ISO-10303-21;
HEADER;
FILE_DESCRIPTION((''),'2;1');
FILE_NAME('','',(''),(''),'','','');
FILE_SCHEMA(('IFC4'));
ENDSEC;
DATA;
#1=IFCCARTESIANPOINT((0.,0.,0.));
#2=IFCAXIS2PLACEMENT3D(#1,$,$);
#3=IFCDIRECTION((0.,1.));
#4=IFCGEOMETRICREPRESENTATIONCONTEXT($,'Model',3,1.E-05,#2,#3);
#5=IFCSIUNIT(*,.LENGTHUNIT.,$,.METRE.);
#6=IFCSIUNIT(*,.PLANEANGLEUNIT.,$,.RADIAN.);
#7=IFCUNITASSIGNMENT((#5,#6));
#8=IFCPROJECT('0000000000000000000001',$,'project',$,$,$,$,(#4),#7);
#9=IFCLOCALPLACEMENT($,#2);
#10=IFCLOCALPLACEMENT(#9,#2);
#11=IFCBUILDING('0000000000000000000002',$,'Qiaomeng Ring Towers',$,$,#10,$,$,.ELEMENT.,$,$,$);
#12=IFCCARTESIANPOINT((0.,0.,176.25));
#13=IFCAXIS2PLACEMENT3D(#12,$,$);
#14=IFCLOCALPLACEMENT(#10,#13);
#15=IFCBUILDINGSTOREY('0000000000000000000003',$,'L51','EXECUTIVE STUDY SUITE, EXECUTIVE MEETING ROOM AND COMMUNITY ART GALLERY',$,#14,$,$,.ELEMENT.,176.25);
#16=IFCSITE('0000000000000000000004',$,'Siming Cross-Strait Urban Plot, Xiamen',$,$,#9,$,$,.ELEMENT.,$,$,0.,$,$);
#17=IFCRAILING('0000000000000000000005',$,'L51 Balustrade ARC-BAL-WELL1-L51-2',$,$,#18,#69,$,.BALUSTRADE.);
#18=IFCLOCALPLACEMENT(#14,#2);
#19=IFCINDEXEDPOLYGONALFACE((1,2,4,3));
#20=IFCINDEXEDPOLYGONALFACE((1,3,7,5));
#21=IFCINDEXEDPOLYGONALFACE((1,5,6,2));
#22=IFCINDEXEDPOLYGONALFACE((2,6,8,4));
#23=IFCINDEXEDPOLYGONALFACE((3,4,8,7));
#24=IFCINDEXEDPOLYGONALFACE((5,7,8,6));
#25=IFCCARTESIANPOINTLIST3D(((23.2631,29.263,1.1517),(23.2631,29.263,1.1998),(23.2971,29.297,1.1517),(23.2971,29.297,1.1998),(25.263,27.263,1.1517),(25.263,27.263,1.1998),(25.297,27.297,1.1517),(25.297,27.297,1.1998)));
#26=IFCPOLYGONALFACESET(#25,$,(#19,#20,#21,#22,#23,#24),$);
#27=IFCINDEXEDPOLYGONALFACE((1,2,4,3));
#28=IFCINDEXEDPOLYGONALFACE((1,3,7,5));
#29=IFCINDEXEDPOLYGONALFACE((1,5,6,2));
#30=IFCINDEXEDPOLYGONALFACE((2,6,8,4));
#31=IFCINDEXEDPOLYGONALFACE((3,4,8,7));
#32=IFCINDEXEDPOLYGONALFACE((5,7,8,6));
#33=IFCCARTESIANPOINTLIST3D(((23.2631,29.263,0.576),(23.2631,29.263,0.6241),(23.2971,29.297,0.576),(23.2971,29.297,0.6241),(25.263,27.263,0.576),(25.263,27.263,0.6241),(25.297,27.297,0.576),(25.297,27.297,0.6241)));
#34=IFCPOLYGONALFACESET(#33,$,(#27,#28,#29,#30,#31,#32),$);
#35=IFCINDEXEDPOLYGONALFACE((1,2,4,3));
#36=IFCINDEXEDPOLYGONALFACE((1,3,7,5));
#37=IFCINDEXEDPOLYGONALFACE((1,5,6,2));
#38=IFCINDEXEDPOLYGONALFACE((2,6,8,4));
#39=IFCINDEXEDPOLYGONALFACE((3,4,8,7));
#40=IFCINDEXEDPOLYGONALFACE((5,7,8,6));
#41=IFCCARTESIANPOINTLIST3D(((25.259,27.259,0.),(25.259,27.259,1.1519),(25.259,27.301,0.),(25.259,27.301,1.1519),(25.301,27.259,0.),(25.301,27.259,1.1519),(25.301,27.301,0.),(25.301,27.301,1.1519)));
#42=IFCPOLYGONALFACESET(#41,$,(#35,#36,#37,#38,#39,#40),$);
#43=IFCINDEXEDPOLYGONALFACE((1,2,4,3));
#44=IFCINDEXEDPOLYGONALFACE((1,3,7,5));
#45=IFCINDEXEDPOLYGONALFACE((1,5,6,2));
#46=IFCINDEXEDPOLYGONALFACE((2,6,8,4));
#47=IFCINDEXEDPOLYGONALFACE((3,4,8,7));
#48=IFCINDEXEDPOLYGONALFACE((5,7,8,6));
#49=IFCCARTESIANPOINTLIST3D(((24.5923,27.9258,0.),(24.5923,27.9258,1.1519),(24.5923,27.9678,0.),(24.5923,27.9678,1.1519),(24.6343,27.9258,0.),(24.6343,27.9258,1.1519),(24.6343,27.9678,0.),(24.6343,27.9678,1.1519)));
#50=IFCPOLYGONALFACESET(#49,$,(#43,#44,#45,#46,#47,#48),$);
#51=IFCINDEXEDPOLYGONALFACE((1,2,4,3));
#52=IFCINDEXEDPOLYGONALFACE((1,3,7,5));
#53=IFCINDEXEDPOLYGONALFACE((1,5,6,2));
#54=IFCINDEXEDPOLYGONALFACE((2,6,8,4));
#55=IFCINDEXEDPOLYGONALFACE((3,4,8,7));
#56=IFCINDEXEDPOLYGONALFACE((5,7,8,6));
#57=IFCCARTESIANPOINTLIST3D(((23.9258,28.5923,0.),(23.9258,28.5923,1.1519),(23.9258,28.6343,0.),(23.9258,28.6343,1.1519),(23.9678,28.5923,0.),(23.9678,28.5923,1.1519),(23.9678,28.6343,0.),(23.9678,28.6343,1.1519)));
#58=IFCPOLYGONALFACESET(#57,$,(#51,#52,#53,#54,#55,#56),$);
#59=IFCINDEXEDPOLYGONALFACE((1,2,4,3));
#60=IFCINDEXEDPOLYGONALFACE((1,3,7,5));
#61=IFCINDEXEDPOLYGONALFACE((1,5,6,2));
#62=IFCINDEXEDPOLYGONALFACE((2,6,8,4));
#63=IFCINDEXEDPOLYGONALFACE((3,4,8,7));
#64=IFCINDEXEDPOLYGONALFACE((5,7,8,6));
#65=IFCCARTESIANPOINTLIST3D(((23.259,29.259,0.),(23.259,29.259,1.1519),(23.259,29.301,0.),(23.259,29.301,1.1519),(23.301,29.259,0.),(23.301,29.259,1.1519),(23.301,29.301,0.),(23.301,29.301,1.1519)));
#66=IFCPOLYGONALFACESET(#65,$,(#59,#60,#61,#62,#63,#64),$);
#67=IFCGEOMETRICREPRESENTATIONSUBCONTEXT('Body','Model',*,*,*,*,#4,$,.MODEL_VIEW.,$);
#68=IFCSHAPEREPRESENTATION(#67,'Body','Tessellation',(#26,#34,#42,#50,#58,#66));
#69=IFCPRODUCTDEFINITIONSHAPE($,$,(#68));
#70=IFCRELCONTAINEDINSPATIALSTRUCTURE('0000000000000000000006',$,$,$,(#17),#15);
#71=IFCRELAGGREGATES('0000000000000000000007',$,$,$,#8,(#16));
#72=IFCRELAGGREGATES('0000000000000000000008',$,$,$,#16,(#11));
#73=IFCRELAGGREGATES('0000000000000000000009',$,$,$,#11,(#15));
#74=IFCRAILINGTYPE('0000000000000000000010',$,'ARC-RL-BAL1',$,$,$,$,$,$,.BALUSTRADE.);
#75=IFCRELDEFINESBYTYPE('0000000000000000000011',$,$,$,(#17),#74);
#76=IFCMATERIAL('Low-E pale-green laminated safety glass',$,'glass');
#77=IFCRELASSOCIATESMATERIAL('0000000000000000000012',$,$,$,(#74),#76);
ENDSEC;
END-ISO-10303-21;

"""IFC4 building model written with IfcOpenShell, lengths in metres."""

from ifc_helpers import new_model, si_unit, direction, frame, origin, origin_2d, place, context, subcontext, project, spatial, rectangle, extrude, material, type_object, element, save


model = new_model("IFC4")

# Units and contexts
model_context = context("Model", 3, precision=1e-05, world=origin(), true_north=direction((0.0, 1.0)))
body_context = subcontext(model_context, "Body", "Model", "MODEL_VIEW")
ifc_project = project(units=[si_unit("LENGTHUNIT", "METRE"), si_unit("PLANEANGLEUNIT", "RADIAN")], contexts=[model_context])

# Site, building, storey
site_placement = place(None, origin())
site = spatial("IfcSite", under=ifc_project, at=site_placement, Name="Siming Cross-Strait Urban Plot, Xiamen", CompositionType="ELEMENT", RefElevation=0.0)
building_placement = place(site_placement, origin())
building = spatial("IfcBuilding", under=site, at=building_placement, Name="Qiaomeng Ring Towers", CompositionType="ELEMENT")
storey_placement = place(building_placement, frame((0.0, 0.0, 176.25)))
storey = spatial("IfcBuildingStorey", under=building, at=storey_placement, Name="L51", Description="EXECUTIVE STUDY SUITE, EXECUTIVE MEETING ROOM AND COMMUNITY ART GALLERY", CompositionType="ELEMENT", Elevation=176.25)

# Railing
ifc_material_1 = material(Name="Low-E pale-green laminated safety glass", Category="glass")
railing_type = type_object("IfcRailingType", Name="ARC-RL-BAL1", PredefinedType="BALUSTRADE", material=ifc_material_1)
railing_placement = place(storey_placement, frame((25.28, 27.28, 0.0)))
element("IfcRailing", 1, at=railing_placement, inside=storey, type_object=railing_type, Name="L51 Balustrade ARC-BAL-WELL1-L51-2", PredefinedType="BALUSTRADE", context=body_context, shape_type="SweptSolid", body=[
    extrude(rectangle(XDim=0.0481, YDim=0.0481, at=origin_2d()), frame((0.0, 0.0, 1.1758), z_axis=(-0.707107, 0.707107, 0.0), x_axis=(-0.707107, -0.707107, 0.0)), (0.0, 0.0, 1.0), 2.8284),
    extrude(rectangle(XDim=0.0481, YDim=0.0481, at=origin_2d()), frame((0.0, 0.0, 0.6001), z_axis=(-0.707107, 0.707107, 0.0), x_axis=(-0.707107, -0.707107, 0.0)), (0.0, 0.0, 1.0), 2.8284),
    extrude(rectangle(XDim=0.042, YDim=0.042, at=origin_2d()), origin(), (0.0, 0.0, 1.0), 1.1519),
    extrude(rectangle(XDim=0.042, YDim=0.042, at=origin_2d()), frame((-0.6667, 0.6667, 0.0)), (0.0, 0.0, 1.0), 1.1519),
    extrude(rectangle(XDim=0.042, YDim=0.042, at=origin_2d()), frame((-1.3333, 1.3333, 0.0)), (0.0, 0.0, 1.0), 1.1519),
    extrude(rectangle(XDim=0.042, YDim=0.042, at=origin_2d()), frame((-2.0, 2.0, 0.0)), (0.0, 0.0, 1.0), 1.1519),
])

save(model, "model.ifc")
